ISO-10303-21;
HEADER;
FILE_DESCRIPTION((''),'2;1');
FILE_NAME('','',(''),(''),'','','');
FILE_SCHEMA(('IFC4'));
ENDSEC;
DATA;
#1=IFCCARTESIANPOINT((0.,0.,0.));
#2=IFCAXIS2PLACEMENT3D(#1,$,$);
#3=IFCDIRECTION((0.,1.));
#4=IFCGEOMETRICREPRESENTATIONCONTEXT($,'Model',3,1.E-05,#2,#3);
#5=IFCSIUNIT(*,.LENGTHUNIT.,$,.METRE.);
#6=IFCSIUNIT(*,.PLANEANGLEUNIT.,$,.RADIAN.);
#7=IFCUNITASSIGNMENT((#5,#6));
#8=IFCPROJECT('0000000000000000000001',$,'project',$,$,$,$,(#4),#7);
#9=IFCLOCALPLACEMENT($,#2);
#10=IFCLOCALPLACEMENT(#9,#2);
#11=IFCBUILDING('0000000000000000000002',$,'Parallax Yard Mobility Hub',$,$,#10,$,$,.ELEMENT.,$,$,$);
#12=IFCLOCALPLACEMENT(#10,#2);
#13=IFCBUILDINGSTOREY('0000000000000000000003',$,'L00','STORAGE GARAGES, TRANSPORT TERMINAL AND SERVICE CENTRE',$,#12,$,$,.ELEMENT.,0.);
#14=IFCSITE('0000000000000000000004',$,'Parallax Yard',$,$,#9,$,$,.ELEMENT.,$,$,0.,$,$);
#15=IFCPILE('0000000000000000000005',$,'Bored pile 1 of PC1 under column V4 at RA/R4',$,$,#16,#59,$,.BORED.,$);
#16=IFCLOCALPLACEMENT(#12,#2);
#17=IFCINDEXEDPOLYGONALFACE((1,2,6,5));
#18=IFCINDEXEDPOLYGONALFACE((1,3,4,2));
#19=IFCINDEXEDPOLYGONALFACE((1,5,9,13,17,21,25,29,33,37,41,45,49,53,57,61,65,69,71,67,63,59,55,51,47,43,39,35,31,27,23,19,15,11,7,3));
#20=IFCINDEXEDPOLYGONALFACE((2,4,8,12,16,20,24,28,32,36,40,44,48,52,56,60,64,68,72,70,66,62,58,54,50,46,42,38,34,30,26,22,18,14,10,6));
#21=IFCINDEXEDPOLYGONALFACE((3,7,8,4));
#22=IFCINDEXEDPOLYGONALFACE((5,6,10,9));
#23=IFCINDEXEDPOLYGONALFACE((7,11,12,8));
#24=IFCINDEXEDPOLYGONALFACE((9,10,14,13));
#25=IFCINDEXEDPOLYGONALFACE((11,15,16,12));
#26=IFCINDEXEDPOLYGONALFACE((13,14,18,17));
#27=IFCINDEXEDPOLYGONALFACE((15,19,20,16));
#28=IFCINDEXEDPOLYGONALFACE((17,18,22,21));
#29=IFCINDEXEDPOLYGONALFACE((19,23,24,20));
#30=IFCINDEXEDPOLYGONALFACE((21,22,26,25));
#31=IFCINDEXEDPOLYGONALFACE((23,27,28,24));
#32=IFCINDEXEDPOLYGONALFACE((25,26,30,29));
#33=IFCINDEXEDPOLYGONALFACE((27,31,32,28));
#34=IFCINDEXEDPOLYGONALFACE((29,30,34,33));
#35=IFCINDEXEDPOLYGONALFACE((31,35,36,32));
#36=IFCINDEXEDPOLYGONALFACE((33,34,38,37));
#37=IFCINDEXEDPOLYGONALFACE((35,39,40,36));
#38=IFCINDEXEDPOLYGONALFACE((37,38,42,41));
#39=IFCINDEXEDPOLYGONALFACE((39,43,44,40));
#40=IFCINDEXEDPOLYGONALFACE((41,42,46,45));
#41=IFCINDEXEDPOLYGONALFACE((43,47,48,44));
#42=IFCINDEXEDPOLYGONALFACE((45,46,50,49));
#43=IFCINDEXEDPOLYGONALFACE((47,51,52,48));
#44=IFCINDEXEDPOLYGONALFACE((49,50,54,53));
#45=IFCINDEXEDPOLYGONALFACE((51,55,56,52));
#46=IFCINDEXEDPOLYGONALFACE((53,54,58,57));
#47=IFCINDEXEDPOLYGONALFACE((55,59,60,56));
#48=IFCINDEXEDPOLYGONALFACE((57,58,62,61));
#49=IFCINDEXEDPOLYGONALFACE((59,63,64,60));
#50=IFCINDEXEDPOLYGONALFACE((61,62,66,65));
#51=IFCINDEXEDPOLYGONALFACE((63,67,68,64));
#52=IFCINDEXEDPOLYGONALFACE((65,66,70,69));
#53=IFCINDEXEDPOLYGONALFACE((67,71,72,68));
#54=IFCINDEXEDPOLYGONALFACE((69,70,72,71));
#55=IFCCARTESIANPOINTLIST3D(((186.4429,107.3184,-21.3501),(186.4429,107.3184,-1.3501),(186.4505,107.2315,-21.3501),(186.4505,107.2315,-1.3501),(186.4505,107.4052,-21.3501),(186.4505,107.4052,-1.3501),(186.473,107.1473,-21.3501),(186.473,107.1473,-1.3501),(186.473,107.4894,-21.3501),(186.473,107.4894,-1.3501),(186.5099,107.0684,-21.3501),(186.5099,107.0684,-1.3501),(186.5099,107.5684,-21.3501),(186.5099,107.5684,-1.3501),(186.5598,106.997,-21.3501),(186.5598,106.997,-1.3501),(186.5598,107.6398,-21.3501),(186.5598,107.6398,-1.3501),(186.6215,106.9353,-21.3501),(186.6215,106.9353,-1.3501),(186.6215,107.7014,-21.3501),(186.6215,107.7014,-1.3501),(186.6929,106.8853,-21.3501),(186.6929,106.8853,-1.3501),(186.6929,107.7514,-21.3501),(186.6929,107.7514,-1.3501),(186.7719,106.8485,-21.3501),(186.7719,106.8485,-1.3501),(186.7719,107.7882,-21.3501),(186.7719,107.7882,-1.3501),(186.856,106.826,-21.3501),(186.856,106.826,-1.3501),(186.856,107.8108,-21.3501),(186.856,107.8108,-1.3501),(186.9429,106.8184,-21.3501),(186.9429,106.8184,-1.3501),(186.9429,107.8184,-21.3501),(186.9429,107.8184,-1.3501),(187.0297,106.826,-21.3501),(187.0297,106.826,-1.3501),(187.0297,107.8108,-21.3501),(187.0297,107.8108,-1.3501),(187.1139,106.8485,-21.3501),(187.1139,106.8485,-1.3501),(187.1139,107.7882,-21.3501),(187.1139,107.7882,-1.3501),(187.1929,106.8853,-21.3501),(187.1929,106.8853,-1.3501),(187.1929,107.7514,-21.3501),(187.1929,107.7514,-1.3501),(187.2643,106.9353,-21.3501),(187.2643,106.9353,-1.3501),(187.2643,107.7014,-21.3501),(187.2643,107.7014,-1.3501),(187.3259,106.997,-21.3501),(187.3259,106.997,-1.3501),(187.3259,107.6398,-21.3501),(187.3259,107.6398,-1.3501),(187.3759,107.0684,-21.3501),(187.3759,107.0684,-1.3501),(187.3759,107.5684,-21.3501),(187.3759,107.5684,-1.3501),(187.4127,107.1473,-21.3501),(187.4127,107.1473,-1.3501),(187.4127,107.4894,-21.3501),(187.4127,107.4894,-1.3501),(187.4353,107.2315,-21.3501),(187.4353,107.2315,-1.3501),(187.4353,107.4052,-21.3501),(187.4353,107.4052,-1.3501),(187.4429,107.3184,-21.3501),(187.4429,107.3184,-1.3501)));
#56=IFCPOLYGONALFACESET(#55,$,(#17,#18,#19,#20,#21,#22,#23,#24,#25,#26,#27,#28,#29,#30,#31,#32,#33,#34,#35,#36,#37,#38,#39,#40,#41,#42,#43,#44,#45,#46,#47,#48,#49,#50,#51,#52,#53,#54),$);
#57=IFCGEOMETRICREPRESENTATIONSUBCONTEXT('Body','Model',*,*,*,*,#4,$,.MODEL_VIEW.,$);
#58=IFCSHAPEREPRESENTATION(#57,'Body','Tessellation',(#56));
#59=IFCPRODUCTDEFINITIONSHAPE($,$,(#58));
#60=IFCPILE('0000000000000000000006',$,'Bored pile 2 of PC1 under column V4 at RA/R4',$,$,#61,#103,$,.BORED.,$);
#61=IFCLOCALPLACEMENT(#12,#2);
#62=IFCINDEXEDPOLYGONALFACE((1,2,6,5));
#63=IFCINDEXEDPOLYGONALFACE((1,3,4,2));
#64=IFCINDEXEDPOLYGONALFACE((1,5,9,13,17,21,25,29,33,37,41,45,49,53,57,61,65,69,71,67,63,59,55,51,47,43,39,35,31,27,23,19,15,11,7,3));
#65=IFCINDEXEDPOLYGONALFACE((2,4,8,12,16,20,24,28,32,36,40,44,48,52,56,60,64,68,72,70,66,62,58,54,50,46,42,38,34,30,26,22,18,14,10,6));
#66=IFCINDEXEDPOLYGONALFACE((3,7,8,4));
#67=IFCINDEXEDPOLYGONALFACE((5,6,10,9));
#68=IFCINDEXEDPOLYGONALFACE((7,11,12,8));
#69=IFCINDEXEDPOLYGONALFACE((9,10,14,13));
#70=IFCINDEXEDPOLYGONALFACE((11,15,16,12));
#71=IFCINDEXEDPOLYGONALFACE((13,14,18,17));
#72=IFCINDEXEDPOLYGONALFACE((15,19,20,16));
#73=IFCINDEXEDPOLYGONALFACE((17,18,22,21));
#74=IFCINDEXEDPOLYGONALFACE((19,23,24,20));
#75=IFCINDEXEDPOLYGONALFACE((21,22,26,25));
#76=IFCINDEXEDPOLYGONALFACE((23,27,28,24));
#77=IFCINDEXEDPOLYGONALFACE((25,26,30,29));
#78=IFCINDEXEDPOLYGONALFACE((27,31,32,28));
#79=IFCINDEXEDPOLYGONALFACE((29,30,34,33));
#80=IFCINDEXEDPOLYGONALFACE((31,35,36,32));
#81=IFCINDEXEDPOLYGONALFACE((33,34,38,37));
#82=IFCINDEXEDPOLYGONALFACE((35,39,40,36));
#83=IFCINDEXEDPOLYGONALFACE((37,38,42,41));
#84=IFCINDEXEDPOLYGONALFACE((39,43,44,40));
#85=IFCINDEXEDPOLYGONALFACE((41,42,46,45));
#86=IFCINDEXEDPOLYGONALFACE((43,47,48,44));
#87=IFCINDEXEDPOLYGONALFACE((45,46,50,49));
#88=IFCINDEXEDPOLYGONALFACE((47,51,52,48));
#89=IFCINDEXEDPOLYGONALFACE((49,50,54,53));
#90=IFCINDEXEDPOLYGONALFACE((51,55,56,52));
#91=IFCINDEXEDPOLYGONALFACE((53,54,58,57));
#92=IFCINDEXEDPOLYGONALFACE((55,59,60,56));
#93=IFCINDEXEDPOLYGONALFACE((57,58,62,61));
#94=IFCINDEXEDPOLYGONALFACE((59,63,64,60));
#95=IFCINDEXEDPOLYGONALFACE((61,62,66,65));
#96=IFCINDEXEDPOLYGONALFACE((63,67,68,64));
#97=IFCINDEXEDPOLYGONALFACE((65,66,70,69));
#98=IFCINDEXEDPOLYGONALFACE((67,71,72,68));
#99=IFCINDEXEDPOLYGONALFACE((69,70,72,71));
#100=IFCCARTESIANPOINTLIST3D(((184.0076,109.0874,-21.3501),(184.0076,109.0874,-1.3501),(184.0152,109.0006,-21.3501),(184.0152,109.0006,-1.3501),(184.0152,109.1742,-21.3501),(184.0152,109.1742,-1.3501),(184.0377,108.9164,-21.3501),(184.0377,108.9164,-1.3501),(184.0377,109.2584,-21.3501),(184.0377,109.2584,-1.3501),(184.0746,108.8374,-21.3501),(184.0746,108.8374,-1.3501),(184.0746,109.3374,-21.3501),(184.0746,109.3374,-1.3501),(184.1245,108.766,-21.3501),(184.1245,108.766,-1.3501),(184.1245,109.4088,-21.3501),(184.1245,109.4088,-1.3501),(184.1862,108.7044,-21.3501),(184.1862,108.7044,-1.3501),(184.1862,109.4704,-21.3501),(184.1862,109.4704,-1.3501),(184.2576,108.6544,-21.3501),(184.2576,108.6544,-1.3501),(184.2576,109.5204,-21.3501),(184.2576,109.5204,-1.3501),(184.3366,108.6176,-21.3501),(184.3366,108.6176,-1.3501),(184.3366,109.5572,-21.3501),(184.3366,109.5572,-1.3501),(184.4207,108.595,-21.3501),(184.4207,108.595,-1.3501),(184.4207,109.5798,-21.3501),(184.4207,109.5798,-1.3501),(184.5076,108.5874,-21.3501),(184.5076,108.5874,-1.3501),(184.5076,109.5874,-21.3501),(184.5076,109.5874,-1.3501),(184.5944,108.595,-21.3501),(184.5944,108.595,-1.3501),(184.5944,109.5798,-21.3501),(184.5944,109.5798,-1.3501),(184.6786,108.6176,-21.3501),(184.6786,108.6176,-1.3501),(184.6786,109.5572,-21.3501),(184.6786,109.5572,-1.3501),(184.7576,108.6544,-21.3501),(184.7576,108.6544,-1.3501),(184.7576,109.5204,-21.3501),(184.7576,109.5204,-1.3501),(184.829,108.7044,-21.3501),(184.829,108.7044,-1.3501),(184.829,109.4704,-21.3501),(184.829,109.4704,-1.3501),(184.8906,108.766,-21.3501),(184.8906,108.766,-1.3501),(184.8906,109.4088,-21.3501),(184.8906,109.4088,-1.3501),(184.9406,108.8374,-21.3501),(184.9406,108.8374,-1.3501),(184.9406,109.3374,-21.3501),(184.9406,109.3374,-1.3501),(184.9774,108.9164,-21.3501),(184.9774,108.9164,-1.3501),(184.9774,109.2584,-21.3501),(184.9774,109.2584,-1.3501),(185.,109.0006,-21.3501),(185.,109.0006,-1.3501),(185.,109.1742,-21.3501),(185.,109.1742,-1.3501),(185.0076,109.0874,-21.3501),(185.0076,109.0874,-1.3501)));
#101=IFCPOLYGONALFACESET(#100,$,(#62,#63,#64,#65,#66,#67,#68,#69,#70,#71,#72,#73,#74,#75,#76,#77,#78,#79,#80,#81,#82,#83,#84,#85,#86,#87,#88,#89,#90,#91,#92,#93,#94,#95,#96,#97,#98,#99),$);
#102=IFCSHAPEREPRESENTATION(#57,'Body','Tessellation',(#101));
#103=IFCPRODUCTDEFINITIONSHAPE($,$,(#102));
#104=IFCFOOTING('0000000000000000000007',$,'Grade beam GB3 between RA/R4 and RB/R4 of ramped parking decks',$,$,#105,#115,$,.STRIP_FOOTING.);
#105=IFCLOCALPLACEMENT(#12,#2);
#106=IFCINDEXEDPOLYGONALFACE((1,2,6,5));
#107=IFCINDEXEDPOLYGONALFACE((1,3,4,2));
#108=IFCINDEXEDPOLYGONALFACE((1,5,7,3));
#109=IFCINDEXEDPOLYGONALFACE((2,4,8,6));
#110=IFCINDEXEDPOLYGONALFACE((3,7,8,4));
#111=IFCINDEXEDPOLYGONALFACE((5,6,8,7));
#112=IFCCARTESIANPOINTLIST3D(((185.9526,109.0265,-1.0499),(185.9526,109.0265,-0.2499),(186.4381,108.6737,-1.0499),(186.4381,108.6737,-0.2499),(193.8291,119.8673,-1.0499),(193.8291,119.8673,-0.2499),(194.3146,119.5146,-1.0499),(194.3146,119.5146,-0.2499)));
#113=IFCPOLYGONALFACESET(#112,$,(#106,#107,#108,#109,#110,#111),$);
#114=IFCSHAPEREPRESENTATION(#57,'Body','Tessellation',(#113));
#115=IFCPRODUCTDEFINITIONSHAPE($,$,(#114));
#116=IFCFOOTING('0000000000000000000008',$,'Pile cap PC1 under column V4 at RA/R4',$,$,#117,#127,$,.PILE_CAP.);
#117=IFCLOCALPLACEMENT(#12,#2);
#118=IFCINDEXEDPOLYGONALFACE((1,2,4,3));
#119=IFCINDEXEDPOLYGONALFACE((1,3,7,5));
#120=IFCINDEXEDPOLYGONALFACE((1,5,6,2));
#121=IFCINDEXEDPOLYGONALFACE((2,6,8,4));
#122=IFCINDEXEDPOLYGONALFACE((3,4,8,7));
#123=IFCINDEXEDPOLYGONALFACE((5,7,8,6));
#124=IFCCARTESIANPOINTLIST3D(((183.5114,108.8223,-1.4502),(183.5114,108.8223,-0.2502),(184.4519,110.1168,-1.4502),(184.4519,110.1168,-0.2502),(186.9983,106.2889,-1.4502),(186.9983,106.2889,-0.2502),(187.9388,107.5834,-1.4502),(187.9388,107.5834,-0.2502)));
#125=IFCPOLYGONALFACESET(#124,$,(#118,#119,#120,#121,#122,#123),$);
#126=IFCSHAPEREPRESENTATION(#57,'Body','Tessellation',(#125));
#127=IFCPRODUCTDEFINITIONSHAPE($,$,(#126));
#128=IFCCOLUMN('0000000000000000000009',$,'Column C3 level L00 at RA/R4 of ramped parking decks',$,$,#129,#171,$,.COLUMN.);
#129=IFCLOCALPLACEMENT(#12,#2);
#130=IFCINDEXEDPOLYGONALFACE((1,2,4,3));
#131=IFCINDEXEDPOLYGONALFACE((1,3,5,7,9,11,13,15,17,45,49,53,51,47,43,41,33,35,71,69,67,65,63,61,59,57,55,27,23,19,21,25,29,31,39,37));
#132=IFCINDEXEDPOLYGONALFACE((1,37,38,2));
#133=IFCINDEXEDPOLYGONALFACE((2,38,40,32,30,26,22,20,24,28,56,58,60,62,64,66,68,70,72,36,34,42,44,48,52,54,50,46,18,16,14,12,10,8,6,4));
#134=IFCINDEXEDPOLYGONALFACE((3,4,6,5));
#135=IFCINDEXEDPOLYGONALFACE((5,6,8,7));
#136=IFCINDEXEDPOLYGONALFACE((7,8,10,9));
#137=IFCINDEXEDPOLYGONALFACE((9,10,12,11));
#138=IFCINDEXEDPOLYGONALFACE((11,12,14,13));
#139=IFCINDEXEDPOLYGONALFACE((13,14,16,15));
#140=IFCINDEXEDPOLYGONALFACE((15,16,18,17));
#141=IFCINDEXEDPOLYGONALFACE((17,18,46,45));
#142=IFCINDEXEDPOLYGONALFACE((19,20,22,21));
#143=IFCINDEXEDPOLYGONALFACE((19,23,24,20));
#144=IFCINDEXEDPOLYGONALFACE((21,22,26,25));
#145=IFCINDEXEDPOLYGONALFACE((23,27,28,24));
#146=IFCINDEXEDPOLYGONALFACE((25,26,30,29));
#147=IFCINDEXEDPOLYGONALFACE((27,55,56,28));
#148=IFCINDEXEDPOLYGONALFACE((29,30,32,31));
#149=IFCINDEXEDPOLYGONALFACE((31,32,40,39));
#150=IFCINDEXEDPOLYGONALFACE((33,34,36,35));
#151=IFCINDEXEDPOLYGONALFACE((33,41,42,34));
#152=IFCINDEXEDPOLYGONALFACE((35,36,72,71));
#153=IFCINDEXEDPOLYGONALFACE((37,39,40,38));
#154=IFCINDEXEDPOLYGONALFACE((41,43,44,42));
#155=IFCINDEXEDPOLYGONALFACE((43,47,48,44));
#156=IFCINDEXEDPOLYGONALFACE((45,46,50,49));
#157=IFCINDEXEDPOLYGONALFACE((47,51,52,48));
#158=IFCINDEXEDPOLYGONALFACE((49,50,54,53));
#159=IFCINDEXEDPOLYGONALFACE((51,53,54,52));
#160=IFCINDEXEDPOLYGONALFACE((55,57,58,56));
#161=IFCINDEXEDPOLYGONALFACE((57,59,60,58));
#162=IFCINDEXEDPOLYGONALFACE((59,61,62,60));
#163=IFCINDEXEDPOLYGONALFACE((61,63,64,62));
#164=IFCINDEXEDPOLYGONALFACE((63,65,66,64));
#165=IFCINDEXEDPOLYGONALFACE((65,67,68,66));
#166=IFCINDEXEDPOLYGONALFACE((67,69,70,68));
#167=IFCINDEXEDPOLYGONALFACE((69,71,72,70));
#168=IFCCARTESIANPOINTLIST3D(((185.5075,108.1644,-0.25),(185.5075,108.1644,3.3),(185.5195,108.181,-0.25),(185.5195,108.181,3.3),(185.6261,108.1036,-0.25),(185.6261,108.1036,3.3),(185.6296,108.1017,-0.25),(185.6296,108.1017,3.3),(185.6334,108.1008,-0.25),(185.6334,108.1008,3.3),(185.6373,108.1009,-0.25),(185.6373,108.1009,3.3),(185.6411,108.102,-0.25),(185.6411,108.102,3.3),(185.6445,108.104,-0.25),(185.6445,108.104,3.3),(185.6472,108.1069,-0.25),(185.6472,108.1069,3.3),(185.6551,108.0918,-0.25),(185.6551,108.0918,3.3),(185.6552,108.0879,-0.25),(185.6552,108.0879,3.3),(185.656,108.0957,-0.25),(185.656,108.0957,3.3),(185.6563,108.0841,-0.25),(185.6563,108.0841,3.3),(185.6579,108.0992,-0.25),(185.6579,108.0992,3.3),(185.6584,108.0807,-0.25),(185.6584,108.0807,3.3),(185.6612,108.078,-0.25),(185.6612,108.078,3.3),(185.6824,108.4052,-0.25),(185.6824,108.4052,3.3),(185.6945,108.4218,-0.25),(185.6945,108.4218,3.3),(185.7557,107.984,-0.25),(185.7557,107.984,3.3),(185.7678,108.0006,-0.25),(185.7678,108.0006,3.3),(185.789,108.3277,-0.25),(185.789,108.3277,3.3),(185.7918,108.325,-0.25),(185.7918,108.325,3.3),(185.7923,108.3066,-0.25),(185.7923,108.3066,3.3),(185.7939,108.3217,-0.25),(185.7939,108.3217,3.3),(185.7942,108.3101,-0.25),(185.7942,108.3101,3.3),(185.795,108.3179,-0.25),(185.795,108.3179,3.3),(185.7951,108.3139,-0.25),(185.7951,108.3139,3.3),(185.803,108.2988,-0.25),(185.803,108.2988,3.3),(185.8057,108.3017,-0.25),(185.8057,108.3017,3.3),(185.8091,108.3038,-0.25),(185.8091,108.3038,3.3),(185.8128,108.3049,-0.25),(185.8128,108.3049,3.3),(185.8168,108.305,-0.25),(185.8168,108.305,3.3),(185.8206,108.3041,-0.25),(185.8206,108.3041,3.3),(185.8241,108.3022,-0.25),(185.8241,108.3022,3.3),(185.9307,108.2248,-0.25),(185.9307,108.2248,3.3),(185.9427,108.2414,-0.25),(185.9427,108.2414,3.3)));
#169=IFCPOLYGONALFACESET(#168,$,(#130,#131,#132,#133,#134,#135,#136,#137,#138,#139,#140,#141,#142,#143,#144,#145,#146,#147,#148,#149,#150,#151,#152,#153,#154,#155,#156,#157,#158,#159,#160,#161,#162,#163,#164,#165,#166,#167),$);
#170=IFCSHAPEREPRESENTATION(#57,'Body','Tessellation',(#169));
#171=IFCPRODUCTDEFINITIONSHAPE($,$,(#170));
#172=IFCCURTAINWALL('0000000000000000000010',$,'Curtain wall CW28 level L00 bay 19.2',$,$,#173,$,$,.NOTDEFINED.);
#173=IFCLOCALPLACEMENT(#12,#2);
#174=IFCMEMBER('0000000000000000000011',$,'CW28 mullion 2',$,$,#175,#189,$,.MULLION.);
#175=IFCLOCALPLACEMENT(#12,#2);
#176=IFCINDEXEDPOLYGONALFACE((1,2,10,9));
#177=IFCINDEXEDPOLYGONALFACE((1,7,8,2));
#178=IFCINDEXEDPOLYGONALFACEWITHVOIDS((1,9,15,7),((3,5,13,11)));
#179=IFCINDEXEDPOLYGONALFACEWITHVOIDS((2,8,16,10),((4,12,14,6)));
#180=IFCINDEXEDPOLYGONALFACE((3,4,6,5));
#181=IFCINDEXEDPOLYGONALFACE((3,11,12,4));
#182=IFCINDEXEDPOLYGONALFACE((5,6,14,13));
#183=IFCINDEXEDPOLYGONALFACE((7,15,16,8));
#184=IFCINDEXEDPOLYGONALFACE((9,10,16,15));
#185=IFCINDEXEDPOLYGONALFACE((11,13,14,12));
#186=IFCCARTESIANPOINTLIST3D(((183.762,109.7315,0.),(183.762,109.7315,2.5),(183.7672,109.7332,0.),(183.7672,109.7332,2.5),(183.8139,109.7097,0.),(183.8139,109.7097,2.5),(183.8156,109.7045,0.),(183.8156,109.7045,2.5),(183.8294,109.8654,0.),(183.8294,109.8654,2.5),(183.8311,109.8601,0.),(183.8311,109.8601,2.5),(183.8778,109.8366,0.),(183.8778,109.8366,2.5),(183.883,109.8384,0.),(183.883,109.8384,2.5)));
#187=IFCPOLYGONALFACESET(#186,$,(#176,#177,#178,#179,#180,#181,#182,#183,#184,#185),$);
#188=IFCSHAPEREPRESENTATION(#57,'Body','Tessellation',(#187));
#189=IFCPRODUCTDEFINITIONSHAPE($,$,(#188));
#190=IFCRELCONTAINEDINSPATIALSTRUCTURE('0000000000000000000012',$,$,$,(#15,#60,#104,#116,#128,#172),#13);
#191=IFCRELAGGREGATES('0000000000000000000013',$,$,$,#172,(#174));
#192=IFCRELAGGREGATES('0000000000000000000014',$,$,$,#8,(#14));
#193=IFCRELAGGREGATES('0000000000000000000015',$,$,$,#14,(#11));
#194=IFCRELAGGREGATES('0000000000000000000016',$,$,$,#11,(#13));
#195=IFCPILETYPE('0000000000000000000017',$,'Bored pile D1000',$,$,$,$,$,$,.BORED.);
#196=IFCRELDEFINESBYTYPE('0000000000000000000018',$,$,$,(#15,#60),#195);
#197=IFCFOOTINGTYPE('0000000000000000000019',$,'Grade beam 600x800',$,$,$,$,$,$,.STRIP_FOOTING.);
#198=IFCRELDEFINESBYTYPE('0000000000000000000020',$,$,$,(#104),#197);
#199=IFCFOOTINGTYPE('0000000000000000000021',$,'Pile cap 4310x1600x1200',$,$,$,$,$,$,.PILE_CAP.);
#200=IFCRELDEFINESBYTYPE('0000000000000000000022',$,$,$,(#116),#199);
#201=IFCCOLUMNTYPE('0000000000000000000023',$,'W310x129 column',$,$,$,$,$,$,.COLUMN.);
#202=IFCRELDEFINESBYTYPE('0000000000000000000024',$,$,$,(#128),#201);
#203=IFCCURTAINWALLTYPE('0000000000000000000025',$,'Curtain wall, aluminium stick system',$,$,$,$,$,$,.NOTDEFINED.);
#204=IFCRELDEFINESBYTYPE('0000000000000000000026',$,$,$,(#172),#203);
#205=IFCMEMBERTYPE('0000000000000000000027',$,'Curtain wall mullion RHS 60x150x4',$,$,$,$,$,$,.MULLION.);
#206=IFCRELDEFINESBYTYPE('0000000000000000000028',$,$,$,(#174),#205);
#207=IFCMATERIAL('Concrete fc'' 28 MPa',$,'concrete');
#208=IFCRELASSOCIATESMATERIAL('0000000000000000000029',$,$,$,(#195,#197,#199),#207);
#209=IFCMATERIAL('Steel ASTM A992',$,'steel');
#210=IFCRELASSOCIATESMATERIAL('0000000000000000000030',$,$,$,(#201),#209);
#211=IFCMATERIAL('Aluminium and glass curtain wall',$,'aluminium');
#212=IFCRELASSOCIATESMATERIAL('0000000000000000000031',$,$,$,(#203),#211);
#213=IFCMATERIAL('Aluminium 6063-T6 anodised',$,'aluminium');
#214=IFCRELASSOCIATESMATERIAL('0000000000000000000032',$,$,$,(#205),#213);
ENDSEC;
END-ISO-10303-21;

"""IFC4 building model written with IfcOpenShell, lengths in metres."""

from ifc_helpers import new_model, si_unit, direction, frame, origin, origin_2d, place, context, subcontext, project, spatial, rectangle, hollow_rectangle, circle, i_section, extrude, material, material_profile, profile_set, type_object, element, aggregate, save


model = new_model("IFC4")

# Units and contexts
model_context = context("Model", 3, precision=1e-05, world=origin(), true_north=direction((0.0, 1.0)))
body_context = subcontext(model_context, "Body", "Model", "MODEL_VIEW")
ifc_project = project(units=[si_unit("LENGTHUNIT", "METRE"), si_unit("PLANEANGLEUNIT", "RADIAN")], contexts=[model_context])

# Site, building, storey
site_placement = place(None, origin())
site = spatial("IfcSite", under=ifc_project, at=site_placement, Name="Parallax Yard", CompositionType="ELEMENT", RefElevation=0.0)
building_placement = place(site_placement, origin())
building = spatial("IfcBuilding", under=site, at=building_placement, Name="Parallax Yard Mobility Hub", CompositionType="ELEMENT")
storey_placement = place(building_placement, origin())
storey = spatial("IfcBuildingStorey", under=building, at=storey_placement, Name="L00", Description="STORAGE GARAGES, TRANSPORT TERMINAL AND SERVICE CENTRE", CompositionType="ELEMENT", Elevation=0.0)

# Piles
ifc_material_1 = material(Name="Concrete fc' 28 MPa", Category="concrete")
ifc_material_profile_1 = material_profile(ifc_material_1, circle(Radius=0.5, at=origin_2d()), Name="Bored pile D1000")
ifc_profile_set_1 = profile_set([ifc_material_profile_1], Name="Concrete fc' 28 MPa")
pile_type = type_object("IfcPileType", Name="Bored pile D1000", PredefinedType="BORED", material=ifc_profile_set_1)
for number, where, z_axis, x_axis, name in (
    (1, (186.9429, 107.3184, -1.3501), (0.0, 0.0, -1.0), (1.0, 0.0, 0.0), "Bored pile 1 of PC1 under column V4 at RA/R4"),
    (2, (184.5076, 109.0874, -1.3501), (0.0, 0.0, -1.0), (1.0, 0.0, 0.0), "Bored pile 2 of PC1 under column V4 at RA/R4"),
):
    element("IfcPile", number, at=place(storey_placement, frame(where, z_axis=z_axis, x_axis=x_axis)), inside=storey, type_object=pile_type, Name=name, PredefinedType="BORED", context=body_context, shape_type="SweptSolid", body=[
        extrude(circle(Radius=0.5, at=origin_2d()), origin(), (0.0, 0.0, 1.0), 20.0),
    ])

# Footings
ifc_material_profile_2 = material_profile(ifc_material_1, rectangle(XDim=0.6001, YDim=0.8, at=origin_2d()), Name="Grade beam 600x800")
ifc_profile_set_2 = profile_set([ifc_material_profile_2], Name="Concrete fc' 28 MPa")
footing_type_1 = type_object("IfcFootingType", Name="Grade beam 600x800", PredefinedType="STRIP_FOOTING", material=ifc_profile_set_2)
footing_1_placement = place(storey_placement, frame((186.1953, 108.8501, -0.6499), z_axis=(0.587792, 0.809012, 0.0), x_axis=(-0.809012, 0.587792, 0.0)))
element("IfcFooting", 3, at=footing_1_placement, inside=storey, type_object=footing_type_1, Name="Grade beam GB3 between RA/R4 and RB/R4 of ramped parking decks", PredefinedType="STRIP_FOOTING", context=body_context, shape_type="SweptSolid", body=[
    extrude(rectangle(XDim=0.6001, YDim=0.8, at=origin_2d()), origin(), (0.0, 0.0, 1.0), 13.4001),
])
footing_type_2 = type_object("IfcFootingType", Name="Pile cap 4310x1600x1200", PredefinedType="PILE_CAP", material=ifc_material_1)
footing_2_placement = place(storey_placement, frame((185.7251, 108.2029, -1.4502), z_axis=(0.0, 0.0, 1.0), x_axis=(-0.809017, 0.587785, 0.0)))
element("IfcFooting", 4, at=footing_2_placement, inside=storey, type_object=footing_type_2, Name="Pile cap PC1 under column V4 at RA/R4", PredefinedType="PILE_CAP", context=body_context, shape_type="SweptSolid", body=[
    extrude(rectangle(XDim=4.3101, YDim=1.6001, at=origin_2d()), origin(), (0.0, 0.0, 1.0), 1.2),
])

# Column
ifc_material_2 = material(Name="Steel ASTM A992", Category="steel")
ifc_material_profile_3 = material_profile(ifc_material_2, i_section(OverallWidth=0.3069, OverallDepth=0.3181, WebThickness=0.0132, FlangeThickness=0.0205, FilletRadius=0.0151, at=origin_2d()), Name="W310x129")
ifc_profile_set_3 = profile_set([ifc_material_profile_3], Name="Steel ASTM A992")
column_type = type_object("IfcColumnType", Name="W310x129 column", PredefinedType="COLUMN", material=ifc_profile_set_3)
column_placement = place(storey_placement, frame((185.7251, 108.2029, -0.25), z_axis=(0.0, 0.0, 1.0), x_axis=(-0.809017, 0.587785, 0.0)))
element("IfcColumn", 5, at=column_placement, inside=storey, type_object=column_type, Name="Column C3 level L00 at RA/R4 of ramped parking decks", PredefinedType="COLUMN", context=body_context, shape_type="SweptSolid", body=[
    extrude(i_section(OverallWidth=0.3069, OverallDepth=0.3181, WebThickness=0.0132, FlangeThickness=0.0205, FilletRadius=0.0151, at=origin_2d()), origin(), (0.0, 0.0, 1.0), 3.55),
])

# Curtain wall, member
ifc_material_3 = material(Name="Aluminium and glass curtain wall", Category="aluminium")
curtain_wall_type = type_object("IfcCurtainWallType", Name="Curtain wall, aluminium stick system", PredefinedType="NOTDEFINED", material=ifc_material_3)
curtain_wall_1_placement = place(storey_placement, origin())
curtain_wall_1 = element("IfcCurtainWall", 6, at=curtain_wall_1_placement, inside=storey, type_object=curtain_wall_type, Name="Curtain wall CW28 level L00 bay 19.2", PredefinedType="NOTDEFINED")
ifc_material_4 = material(Name="Aluminium 6063-T6 anodised", Category="aluminium")
ifc_material_profile_4 = material_profile(ifc_material_4, hollow_rectangle(XDim=0.1499, YDim=0.0601, WallThickness=0.0039, at=origin_2d()), Name="RHS 60x150x4")
ifc_profile_set_4 = profile_set([ifc_material_profile_4], Name="Aluminium 6063-T6 anodised")
member_type_1 = type_object("IfcMemberType", Name="Curtain wall mullion RHS 60x150x4", PredefinedType="MULLION", material=ifc_profile_set_4)
member_1_placement = place(storey_placement, frame((183.8225, 109.7849, 0.0), z_axis=(0.0, 0.0, 1.0), x_axis=(0.449586, 0.893237, 0.0)))
member_1 = element("IfcMember", 7, at=member_1_placement, type_object=member_type_1, Name="CW28 mullion 2", PredefinedType="MULLION", context=body_context, shape_type="SweptSolid", body=[
    extrude(hollow_rectangle(XDim=0.1499, YDim=0.0601, WallThickness=0.0039, at=origin_2d()), origin(), (0.0, 0.0, 1.0), 2.5),
])
aggregate(curtain_wall_1, [member_1])

save(model, "model.ifc")
